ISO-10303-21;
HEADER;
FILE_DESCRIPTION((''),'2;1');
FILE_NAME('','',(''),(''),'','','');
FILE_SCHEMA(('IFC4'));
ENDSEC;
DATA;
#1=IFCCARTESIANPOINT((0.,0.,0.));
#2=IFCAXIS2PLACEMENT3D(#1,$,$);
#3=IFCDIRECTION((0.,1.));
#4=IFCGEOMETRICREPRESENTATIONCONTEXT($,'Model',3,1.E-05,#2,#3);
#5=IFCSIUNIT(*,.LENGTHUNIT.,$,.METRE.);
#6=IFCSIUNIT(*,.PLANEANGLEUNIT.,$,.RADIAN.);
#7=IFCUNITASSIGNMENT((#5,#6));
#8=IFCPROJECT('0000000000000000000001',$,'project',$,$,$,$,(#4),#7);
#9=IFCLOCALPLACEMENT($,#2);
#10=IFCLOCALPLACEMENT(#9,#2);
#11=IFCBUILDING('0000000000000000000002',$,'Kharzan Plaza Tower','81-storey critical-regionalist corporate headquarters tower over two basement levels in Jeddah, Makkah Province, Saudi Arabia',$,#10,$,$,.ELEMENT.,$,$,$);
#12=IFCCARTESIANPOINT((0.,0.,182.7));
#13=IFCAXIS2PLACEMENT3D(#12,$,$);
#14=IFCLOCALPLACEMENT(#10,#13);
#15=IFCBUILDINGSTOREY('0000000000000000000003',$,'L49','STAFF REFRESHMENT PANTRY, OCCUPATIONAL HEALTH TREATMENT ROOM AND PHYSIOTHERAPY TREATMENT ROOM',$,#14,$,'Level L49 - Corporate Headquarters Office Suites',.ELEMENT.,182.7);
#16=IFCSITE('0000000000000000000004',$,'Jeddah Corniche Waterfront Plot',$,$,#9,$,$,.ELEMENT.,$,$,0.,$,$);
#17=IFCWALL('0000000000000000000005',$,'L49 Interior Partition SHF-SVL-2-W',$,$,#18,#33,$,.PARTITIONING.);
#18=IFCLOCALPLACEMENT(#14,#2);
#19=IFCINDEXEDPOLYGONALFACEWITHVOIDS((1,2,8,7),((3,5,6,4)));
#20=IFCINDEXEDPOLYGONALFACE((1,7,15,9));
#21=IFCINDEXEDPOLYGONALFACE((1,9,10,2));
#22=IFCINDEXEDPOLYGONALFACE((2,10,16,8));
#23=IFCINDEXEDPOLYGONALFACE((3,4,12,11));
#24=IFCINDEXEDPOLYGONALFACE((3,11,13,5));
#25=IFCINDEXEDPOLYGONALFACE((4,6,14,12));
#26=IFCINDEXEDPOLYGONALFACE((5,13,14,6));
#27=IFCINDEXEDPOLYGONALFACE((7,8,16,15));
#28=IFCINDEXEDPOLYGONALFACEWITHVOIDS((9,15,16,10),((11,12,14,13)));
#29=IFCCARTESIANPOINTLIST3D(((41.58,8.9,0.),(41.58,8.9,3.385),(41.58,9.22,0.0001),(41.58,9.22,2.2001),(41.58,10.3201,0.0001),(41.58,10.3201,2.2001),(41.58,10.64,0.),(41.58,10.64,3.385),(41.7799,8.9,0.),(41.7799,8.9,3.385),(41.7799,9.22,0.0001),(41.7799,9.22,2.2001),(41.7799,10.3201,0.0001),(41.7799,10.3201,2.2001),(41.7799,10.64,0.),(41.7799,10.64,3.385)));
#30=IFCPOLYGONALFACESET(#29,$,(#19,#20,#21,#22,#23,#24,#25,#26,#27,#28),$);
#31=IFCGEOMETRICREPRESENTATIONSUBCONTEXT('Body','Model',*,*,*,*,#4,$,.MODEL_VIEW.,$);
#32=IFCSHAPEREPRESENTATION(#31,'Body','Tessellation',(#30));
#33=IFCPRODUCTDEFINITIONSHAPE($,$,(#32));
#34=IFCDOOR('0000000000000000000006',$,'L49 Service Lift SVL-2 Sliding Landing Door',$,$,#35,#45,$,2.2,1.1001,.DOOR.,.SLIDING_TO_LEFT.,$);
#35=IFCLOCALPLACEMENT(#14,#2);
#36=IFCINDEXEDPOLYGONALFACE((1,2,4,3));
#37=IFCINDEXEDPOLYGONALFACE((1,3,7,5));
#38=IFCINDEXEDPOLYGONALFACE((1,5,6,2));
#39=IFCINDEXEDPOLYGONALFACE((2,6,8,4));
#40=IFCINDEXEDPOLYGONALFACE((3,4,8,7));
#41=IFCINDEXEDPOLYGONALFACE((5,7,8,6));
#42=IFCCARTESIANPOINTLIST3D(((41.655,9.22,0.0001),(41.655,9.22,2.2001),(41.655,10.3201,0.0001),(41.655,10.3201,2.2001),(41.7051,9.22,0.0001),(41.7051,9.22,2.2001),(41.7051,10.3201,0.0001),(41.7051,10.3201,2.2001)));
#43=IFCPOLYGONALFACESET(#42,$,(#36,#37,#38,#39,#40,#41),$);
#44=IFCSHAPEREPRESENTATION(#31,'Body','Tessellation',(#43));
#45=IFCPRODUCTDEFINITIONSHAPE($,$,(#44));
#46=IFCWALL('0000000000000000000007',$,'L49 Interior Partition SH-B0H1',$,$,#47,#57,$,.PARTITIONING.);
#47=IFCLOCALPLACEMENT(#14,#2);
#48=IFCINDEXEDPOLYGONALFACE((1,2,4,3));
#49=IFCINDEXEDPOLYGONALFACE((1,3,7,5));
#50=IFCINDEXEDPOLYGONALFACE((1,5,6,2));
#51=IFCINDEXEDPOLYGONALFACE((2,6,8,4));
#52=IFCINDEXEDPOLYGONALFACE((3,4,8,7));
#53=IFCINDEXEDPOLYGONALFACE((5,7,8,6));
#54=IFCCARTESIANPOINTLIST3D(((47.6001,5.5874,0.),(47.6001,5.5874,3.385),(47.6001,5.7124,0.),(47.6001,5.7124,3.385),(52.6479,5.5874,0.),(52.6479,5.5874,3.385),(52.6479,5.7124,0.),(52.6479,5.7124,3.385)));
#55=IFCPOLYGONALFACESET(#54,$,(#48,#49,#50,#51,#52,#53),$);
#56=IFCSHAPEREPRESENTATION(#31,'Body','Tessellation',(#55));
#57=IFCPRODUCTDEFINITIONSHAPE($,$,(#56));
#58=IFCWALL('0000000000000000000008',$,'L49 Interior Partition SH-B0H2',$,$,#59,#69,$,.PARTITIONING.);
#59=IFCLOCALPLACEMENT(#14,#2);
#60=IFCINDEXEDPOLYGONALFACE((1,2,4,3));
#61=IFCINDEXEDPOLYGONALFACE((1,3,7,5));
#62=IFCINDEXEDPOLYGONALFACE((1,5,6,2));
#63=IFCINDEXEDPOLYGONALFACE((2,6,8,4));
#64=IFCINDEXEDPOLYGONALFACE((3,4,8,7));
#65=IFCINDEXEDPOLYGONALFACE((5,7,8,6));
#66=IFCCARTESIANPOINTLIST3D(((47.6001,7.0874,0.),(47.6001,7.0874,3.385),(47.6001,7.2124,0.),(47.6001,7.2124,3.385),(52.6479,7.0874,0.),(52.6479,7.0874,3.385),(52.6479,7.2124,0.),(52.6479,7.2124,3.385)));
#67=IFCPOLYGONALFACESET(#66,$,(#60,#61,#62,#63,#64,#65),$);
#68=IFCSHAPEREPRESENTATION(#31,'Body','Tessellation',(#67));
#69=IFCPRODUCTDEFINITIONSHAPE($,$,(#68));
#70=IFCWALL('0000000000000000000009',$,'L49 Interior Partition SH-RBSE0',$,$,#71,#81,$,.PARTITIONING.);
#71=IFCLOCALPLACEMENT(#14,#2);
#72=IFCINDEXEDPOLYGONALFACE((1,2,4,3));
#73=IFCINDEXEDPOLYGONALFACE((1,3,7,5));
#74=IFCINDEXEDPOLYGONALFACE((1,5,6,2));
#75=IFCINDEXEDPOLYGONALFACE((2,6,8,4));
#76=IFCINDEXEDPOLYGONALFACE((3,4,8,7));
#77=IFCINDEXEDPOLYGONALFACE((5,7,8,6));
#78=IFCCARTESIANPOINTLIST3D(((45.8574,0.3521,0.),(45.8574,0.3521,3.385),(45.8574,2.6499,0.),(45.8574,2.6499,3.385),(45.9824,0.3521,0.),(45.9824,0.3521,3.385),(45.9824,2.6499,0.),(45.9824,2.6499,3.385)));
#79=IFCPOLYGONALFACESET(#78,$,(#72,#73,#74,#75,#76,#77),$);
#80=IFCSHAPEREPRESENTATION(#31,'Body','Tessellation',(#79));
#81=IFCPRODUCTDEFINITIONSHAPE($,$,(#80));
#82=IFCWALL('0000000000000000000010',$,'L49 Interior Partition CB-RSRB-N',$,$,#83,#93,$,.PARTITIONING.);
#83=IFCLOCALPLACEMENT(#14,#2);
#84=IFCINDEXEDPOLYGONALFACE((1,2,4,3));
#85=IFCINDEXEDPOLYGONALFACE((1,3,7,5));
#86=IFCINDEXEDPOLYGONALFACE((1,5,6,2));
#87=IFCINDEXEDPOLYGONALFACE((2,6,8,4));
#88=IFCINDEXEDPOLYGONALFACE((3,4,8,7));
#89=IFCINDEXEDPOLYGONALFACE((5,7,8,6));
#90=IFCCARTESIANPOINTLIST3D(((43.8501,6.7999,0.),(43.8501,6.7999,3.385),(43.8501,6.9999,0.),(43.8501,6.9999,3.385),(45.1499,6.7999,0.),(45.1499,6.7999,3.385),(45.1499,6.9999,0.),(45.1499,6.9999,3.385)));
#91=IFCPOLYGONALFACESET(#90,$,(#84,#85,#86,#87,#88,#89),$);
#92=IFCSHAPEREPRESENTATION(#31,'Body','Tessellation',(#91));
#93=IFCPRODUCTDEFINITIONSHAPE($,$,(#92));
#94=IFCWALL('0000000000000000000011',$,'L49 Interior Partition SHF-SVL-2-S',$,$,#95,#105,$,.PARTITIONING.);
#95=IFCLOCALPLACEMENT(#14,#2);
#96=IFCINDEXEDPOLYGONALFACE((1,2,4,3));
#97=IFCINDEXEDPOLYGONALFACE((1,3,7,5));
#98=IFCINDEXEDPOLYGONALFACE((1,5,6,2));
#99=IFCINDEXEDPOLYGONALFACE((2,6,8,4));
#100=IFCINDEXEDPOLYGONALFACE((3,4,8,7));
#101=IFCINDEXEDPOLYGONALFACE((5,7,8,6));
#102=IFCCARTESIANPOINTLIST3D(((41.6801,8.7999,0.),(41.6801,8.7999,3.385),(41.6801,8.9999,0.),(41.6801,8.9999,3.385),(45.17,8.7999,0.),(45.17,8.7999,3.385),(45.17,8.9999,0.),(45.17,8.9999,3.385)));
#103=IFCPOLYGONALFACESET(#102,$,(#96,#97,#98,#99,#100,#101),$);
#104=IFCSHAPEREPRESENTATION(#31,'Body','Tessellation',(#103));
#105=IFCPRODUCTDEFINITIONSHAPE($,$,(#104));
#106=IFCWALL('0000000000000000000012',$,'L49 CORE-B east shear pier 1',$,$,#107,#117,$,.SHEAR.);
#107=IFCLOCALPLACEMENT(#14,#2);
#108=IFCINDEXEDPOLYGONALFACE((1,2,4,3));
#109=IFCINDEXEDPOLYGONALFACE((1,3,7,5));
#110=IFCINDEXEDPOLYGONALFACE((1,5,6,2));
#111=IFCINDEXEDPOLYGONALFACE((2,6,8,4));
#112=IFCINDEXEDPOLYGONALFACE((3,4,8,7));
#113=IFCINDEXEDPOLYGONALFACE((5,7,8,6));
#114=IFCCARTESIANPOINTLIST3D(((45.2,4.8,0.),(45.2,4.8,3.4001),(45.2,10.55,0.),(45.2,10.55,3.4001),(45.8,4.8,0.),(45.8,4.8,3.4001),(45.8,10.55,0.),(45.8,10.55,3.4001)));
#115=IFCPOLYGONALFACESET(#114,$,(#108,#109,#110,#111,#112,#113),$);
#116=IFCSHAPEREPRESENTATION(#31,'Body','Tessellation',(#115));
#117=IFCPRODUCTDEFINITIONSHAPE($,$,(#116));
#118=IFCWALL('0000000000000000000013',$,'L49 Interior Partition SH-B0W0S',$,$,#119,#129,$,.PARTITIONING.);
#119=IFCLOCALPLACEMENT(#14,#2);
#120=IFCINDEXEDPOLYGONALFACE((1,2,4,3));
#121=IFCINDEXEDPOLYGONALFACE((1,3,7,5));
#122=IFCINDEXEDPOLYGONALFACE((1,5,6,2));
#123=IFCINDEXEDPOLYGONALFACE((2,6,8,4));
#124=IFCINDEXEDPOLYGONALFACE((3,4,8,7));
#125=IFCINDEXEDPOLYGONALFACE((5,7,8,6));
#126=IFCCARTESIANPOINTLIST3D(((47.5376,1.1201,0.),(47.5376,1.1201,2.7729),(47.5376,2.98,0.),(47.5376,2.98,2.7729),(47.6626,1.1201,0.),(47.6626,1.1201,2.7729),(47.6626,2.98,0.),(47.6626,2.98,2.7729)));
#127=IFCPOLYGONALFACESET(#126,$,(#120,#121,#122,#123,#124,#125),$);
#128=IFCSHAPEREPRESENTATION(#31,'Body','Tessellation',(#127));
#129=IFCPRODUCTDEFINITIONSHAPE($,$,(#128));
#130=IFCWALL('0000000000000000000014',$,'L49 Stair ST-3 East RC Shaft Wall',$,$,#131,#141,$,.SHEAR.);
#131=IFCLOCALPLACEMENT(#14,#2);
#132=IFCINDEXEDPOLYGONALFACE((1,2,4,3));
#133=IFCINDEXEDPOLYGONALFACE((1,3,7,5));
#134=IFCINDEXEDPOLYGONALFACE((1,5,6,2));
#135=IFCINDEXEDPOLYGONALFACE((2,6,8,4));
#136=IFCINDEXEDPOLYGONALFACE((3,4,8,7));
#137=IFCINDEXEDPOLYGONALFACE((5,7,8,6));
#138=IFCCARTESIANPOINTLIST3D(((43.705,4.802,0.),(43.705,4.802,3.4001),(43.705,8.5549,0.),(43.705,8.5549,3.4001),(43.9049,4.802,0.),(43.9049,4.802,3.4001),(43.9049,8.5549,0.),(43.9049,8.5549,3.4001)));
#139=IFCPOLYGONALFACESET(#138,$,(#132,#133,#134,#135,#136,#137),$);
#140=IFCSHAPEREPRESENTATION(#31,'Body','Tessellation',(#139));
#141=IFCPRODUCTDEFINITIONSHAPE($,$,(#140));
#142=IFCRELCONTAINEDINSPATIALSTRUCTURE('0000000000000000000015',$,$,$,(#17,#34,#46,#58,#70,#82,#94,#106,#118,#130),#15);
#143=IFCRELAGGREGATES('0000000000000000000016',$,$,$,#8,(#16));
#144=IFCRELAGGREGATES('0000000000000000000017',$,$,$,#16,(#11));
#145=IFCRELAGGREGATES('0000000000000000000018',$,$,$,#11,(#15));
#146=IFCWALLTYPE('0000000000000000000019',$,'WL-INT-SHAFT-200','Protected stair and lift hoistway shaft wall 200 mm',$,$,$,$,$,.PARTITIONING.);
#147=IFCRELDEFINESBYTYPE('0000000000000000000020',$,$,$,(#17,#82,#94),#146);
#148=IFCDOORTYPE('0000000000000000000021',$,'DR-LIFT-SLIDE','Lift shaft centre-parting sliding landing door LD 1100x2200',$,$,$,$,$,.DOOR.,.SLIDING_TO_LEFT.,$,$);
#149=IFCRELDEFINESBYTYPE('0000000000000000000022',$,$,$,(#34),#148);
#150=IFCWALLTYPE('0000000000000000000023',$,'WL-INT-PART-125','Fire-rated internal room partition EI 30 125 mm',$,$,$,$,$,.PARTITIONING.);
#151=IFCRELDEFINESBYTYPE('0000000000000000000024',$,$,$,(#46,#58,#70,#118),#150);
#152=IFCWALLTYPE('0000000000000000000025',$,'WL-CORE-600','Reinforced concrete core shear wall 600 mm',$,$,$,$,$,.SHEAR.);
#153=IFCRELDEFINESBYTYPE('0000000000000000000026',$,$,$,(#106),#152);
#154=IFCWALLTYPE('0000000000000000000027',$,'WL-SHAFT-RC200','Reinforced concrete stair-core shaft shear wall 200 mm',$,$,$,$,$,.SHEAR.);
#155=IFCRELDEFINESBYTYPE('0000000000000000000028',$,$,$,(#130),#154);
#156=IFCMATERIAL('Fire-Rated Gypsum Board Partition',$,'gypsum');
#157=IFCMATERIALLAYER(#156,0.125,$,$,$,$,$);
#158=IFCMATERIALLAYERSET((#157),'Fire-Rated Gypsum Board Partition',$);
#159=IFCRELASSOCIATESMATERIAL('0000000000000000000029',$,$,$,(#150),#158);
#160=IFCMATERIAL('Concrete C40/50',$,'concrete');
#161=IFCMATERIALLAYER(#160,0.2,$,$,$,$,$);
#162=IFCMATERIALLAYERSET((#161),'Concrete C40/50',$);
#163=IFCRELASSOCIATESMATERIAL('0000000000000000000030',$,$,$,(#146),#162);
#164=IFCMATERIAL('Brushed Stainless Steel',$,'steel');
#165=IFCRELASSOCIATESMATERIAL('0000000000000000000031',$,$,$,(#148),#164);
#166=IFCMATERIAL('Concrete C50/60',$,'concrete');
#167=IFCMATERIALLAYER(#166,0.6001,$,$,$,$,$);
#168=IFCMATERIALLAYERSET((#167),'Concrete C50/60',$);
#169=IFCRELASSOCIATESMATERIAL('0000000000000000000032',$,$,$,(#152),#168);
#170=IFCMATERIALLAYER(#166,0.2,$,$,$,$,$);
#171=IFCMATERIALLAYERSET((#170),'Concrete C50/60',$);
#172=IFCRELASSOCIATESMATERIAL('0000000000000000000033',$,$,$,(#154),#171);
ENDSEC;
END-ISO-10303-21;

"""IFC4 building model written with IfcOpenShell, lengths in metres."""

from ifc_helpers import new_model, si_unit, direction, frame, frame_2d, origin, place, context, subcontext, project, spatial, rectangle, extrude, source, transform, mapped, material, layer, layer_set, type_object, element, fill, save


model = new_model("IFC4")

# Units and contexts
model_context = context("Model", 3, precision=1e-05, world=origin(), true_north=direction((0.0, 1.0)))
body_context = subcontext(model_context, "Body", "Model", "MODEL_VIEW")
ifc_project = project(units=[si_unit("LENGTHUNIT", "METRE"), si_unit("PLANEANGLEUNIT", "RADIAN")], contexts=[model_context])

# Site, building, storey
site_placement = place(None, origin())
site = spatial("IfcSite", under=ifc_project, at=site_placement, Name="Jeddah Corniche Waterfront Plot", CompositionType="ELEMENT", RefElevation=0.0)
building_placement = place(site_placement, origin())
building = spatial("IfcBuilding", under=site, at=building_placement, Name="Kharzan Plaza Tower", Description="81-storey critical-regionalist corporate headquarters tower over two basement levels in Jeddah, Makkah Province, Saudi Arabia", CompositionType="ELEMENT")
storey_placement = place(building_placement, frame((0.0, 0.0, 182.7)))
storey = spatial("IfcBuildingStorey", under=building, at=storey_placement, Name="L49", Description="STAFF REFRESHMENT PANTRY, OCCUPATIONAL HEALTH TREATMENT ROOM AND PHYSIOTHERAPY TREATMENT ROOM", LongName="Level L49 - Corporate Headquarters Office Suites", CompositionType="ELEMENT", Elevation=182.7)

# Shared definitions
ifc_material_1 = material(Name="Concrete C50/60", Category="concrete")

# Wall, opening, door
ifc_material_2 = material(Name="Fire-Rated Gypsum Board Partition", Category="gypsum")
ifc_layer_1 = layer(ifc_material_2, 0.125)
ifc_layer_set_1 = layer_set([ifc_layer_1], Name="Fire-Rated Gypsum Board Partition")
wall_type_1 = type_object("IfcWallType", Name="WL-INT-PART-125", Description="Fire-rated internal room partition EI 30 125 mm", PredefinedType="PARTITIONING", material=ifc_layer_set_1)
ifc_material_3 = material(Name="Concrete C40/50", Category="concrete")
ifc_layer_2 = layer(ifc_material_3, 0.2)
ifc_layer_set_2 = layer_set([ifc_layer_2], Name="Concrete C40/50")
wall_type_2 = type_object("IfcWallType", Name="WL-INT-SHAFT-200", Description="Protected stair and lift hoistway shaft wall 200 mm", PredefinedType="PARTITIONING", material=ifc_layer_set_2)
wall_1_placement = place(storey_placement, frame((41.6799, 8.8999, 0.0), z_axis=(0.0, 0.0, 1.0), x_axis=(0.0, 1.0, 0.0)))
wall_1 = element("IfcWall", 1, at=wall_1_placement, inside=storey, type_object=wall_type_2, Name="L49 Interior Partition SHF-SVL-2-W", PredefinedType="PARTITIONING", context=body_context, shape_type="SweptSolid", body=[
    extrude(rectangle(XDim=1.74, YDim=0.2, at=frame_2d((0.8701, 0.0))), origin(), (0.0, 0.0, 1.0), 3.385),
])
opening_1_placement = place(wall_1_placement, frame((0.3201, 0.0, 0.0)))
opening_1 = element("IfcOpeningElement", 2, at=opening_1_placement, cuts=wall_1, PredefinedType="OPENING", context=body_context, shape_type="SweptSolid", body=[
    extrude(rectangle(XDim=1.1001, YDim=2.2, at=frame_2d((0.55, 1.1001))), frame((0.0, 0.1099, 0.0), z_axis=(0.0, -1.0, 0.0), x_axis=(1.0, 0.0, 0.0)), (0.0, 0.0, 1.0), 0.22),
])
ifc_material_4 = material(Name="Brushed Stainless Steel", Category="steel")
door_type_1 = type_object("IfcDoorType", Name="DR-LIFT-SLIDE", Description="Lift shaft centre-parting sliding landing door LD 1100x2200", OperationType="SLIDING_TO_LEFT", PredefinedType="DOOR", material=ifc_material_4)
shared_shape_1 = source(origin(), body_context, "Body", "SweptSolid", [
    extrude(rectangle(XDim=1.1001, YDim=2.2, at=frame_2d((0.55, 1.1001))), frame((0.0, 0.0249, 0.0), z_axis=(0.0, -1.0, 0.0), x_axis=(1.0, 0.0, 0.0)), (0.0, 0.0, 1.0), 0.05),
])
door_1_placement = place(opening_1_placement, origin())
door_1 = element("IfcDoor", 3, at=door_1_placement, inside=storey, type_object=door_type_1, Name="L49 Service Lift SVL-2 Sliding Landing Door", OperationType="SLIDING_TO_LEFT", OverallHeight=2.2, OverallWidth=1.1001, PredefinedType="DOOR", context=body_context, shape_type="MappedRepresentation", body=[
    mapped(shared_shape_1, transform((0.0, 0.0, 0.0), x_axis=(1.0, 0.0, 0.0), y_axis=(0.0, 1.0, 0.0), z_axis=(0.0, 0.0, 1.0))),
])
fill(opening_1, door_1)

# Walls
shared_shape_2 = source(origin(), body_context, "Body", "SweptSolid", [
    extrude(rectangle(XDim=5.0479, YDim=0.125, at=frame_2d((2.5239, 0.0))), origin(), (0.0, 0.0, 1.0), 3.385),
])
for number, where, z_axis, x_axis, name in (
    (4, (47.6001, 5.6499, 0.0), (0.0, 0.0, 1.0), (1.0, 0.0, 0.0), "L49 Interior Partition SH-B0H1"),
    (5, (47.6001, 7.1499, 0.0), (0.0, 0.0, 1.0), (1.0, 0.0, 0.0), "L49 Interior Partition SH-B0H2"),
):
    element("IfcWall", number, at=place(storey_placement, frame(where, z_axis=z_axis, x_axis=x_axis)), inside=storey, type_object=wall_type_1, Name=name, PredefinedType="PARTITIONING", context=body_context, shape_type="MappedRepresentation", body=[
        mapped(shared_shape_2, transform((0.0, 0.0, 0.0), x_axis=(1.0, 0.0, 0.0), y_axis=(0.0, 1.0, 0.0), z_axis=(0.0, 0.0, 1.0))),
    ])
shared_shape_3 = source(origin(), body_context, "Body", "SweptSolid", [
    extrude(rectangle(XDim=2.2979, YDim=0.125, at=frame_2d((1.1489, 0.0))), origin(), (0.0, 0.0, 1.0), 3.385),
])
wall_2_placement = place(storey_placement, frame((45.9199, 0.3521, 0.0), z_axis=(0.0, 0.0, 1.0), x_axis=(0.0, 1.0, 0.0)))
element("IfcWall", 6, at=wall_2_placement, inside=storey, type_object=wall_type_1, Name="L49 Interior Partition SH-RBSE0", PredefinedType="PARTITIONING", context=body_context, shape_type="MappedRepresentation", body=[
    mapped(shared_shape_3, transform((0.0, 0.0, 0.0), x_axis=(1.0, 0.0, 0.0), y_axis=(0.0, 1.0, 0.0), z_axis=(0.0, 0.0, 1.0))),
])
shared_shape_4 = source(origin(), body_context, "Body", "SweptSolid", [
    extrude(rectangle(XDim=1.2998, YDim=0.2, at=frame_2d((0.6499, 0.0))), origin(), (0.0, 0.0, 1.0), 3.385),
])
wall_3_placement = place(storey_placement, frame((43.8501, 6.8999, 0.0), z_axis=(0.0, 0.0, 1.0), x_axis=(1.0, 0.0, 0.0)))
element("IfcWall", 7, at=wall_3_placement, inside=storey, type_object=wall_type_2, Name="L49 Interior Partition CB-RSRB-N", PredefinedType="PARTITIONING", context=body_context, shape_type="MappedRepresentation", body=[
    mapped(shared_shape_4, transform((0.0, 0.0, 0.0), x_axis=(1.0, 0.0, 0.0), y_axis=(0.0, 1.0, 0.0), z_axis=(0.0, 0.0, 1.0))),
])
shared_shape_5 = source(origin(), body_context, "Body", "SweptSolid", [
    extrude(rectangle(XDim=3.49, YDim=0.2, at=frame_2d((1.7451, 0.0))), origin(), (0.0, 0.0, 1.0), 3.385),
])
wall_4_placement = place(storey_placement, frame((41.6799, 8.8999, 0.0), z_axis=(0.0, 0.0, 1.0), x_axis=(1.0, 0.0, 0.0)))
element("IfcWall", 8, at=wall_4_placement, inside=storey, type_object=wall_type_2, Name="L49 Interior Partition SHF-SVL-2-S", PredefinedType="PARTITIONING", context=body_context, shape_type="MappedRepresentation", body=[
    mapped(shared_shape_5, transform((0.0, 0.0, 0.0), x_axis=(1.0, 0.0, 0.0), y_axis=(0.0, 1.0, 0.0), z_axis=(0.0, 0.0, 1.0))),
])
ifc_layer_3 = layer(ifc_material_1, 0.6001)
ifc_layer_set_3 = layer_set([ifc_layer_3], Name="Concrete C50/60")
wall_type_3 = type_object("IfcWallType", Name="WL-CORE-600", Description="Reinforced concrete core shear wall 600 mm", PredefinedType="SHEAR", material=ifc_layer_set_3)
shared_shape_6 = source(origin(), body_context, "Body", "SweptSolid", [
    extrude(rectangle(XDim=5.75, YDim=0.6001, at=frame_2d((2.875, 0.0))), origin(), (0.0, 0.0, 1.0), 3.4001),
])
wall_5_placement = place(storey_placement, frame((45.5, 4.8, 0.0), z_axis=(0.0, 0.0, 1.0), x_axis=(0.0, 1.0, 0.0)))
element("IfcWall", 9, at=wall_5_placement, inside=storey, type_object=wall_type_3, Name="L49 CORE-B east shear pier 1", PredefinedType="SHEAR", context=body_context, shape_type="MappedRepresentation", body=[
    mapped(shared_shape_6, transform((0.0, 0.0, 0.0), x_axis=(1.0, 0.0, 0.0), y_axis=(0.0, 1.0, 0.0), z_axis=(0.0, 0.0, 1.0))),
])
shared_shape_7 = source(origin(), body_context, "Body", "SweptSolid", [
    extrude(rectangle(XDim=1.8599, YDim=0.125, at=frame_2d((0.9299, 0.0))), origin(), (0.0, 0.0, 1.0), 2.7729),
])
wall_6_placement = place(storey_placement, frame((47.6001, 1.1201, 0.0), z_axis=(0.0, 0.0, 1.0), x_axis=(0.0, 1.0, 0.0)))
element("IfcWall", 10, at=wall_6_placement, inside=storey, type_object=wall_type_1, Name="L49 Interior Partition SH-B0W0S", PredefinedType="PARTITIONING", context=body_context, shape_type="MappedRepresentation", body=[
    mapped(shared_shape_7, transform((0.0, 0.0, 0.0), x_axis=(1.0, 0.0, 0.0), y_axis=(0.0, 1.0, 0.0), z_axis=(0.0, 0.0, 1.0))),
])
ifc_layer_4 = layer(ifc_material_1, 0.2)
ifc_layer_set_4 = layer_set([ifc_layer_4], Name="Concrete C50/60")
wall_type_4 = type_object("IfcWallType", Name="WL-SHAFT-RC200", Description="Reinforced concrete stair-core shaft shear wall 200 mm", PredefinedType="SHEAR", material=ifc_layer_set_4)
shared_shape_8 = source(origin(), body_context, "Body", "SweptSolid", [
    extrude(rectangle(XDim=3.7529, YDim=0.2, at=frame_2d((1.8765, 0.0))), origin(), (0.0, 0.0, 1.0), 3.4001),
])
wall_7_placement = place(storey_placement, frame((43.8049, 4.802, 0.0), z_axis=(0.0, 0.0, 1.0), x_axis=(0.0, 1.0, 0.0)))
element("IfcWall", 11, at=wall_7_placement, inside=storey, type_object=wall_type_4, Name="L49 Stair ST-3 East RC Shaft Wall", PredefinedType="SHEAR", context=body_context, shape_type="MappedRepresentation", body=[
    mapped(shared_shape_8, transform((0.0, 0.0, 0.0), x_axis=(1.0, 0.0, 0.0), y_axis=(0.0, 1.0, 0.0), z_axis=(0.0, 0.0, 1.0))),
])

save(model, "model.ifc")
